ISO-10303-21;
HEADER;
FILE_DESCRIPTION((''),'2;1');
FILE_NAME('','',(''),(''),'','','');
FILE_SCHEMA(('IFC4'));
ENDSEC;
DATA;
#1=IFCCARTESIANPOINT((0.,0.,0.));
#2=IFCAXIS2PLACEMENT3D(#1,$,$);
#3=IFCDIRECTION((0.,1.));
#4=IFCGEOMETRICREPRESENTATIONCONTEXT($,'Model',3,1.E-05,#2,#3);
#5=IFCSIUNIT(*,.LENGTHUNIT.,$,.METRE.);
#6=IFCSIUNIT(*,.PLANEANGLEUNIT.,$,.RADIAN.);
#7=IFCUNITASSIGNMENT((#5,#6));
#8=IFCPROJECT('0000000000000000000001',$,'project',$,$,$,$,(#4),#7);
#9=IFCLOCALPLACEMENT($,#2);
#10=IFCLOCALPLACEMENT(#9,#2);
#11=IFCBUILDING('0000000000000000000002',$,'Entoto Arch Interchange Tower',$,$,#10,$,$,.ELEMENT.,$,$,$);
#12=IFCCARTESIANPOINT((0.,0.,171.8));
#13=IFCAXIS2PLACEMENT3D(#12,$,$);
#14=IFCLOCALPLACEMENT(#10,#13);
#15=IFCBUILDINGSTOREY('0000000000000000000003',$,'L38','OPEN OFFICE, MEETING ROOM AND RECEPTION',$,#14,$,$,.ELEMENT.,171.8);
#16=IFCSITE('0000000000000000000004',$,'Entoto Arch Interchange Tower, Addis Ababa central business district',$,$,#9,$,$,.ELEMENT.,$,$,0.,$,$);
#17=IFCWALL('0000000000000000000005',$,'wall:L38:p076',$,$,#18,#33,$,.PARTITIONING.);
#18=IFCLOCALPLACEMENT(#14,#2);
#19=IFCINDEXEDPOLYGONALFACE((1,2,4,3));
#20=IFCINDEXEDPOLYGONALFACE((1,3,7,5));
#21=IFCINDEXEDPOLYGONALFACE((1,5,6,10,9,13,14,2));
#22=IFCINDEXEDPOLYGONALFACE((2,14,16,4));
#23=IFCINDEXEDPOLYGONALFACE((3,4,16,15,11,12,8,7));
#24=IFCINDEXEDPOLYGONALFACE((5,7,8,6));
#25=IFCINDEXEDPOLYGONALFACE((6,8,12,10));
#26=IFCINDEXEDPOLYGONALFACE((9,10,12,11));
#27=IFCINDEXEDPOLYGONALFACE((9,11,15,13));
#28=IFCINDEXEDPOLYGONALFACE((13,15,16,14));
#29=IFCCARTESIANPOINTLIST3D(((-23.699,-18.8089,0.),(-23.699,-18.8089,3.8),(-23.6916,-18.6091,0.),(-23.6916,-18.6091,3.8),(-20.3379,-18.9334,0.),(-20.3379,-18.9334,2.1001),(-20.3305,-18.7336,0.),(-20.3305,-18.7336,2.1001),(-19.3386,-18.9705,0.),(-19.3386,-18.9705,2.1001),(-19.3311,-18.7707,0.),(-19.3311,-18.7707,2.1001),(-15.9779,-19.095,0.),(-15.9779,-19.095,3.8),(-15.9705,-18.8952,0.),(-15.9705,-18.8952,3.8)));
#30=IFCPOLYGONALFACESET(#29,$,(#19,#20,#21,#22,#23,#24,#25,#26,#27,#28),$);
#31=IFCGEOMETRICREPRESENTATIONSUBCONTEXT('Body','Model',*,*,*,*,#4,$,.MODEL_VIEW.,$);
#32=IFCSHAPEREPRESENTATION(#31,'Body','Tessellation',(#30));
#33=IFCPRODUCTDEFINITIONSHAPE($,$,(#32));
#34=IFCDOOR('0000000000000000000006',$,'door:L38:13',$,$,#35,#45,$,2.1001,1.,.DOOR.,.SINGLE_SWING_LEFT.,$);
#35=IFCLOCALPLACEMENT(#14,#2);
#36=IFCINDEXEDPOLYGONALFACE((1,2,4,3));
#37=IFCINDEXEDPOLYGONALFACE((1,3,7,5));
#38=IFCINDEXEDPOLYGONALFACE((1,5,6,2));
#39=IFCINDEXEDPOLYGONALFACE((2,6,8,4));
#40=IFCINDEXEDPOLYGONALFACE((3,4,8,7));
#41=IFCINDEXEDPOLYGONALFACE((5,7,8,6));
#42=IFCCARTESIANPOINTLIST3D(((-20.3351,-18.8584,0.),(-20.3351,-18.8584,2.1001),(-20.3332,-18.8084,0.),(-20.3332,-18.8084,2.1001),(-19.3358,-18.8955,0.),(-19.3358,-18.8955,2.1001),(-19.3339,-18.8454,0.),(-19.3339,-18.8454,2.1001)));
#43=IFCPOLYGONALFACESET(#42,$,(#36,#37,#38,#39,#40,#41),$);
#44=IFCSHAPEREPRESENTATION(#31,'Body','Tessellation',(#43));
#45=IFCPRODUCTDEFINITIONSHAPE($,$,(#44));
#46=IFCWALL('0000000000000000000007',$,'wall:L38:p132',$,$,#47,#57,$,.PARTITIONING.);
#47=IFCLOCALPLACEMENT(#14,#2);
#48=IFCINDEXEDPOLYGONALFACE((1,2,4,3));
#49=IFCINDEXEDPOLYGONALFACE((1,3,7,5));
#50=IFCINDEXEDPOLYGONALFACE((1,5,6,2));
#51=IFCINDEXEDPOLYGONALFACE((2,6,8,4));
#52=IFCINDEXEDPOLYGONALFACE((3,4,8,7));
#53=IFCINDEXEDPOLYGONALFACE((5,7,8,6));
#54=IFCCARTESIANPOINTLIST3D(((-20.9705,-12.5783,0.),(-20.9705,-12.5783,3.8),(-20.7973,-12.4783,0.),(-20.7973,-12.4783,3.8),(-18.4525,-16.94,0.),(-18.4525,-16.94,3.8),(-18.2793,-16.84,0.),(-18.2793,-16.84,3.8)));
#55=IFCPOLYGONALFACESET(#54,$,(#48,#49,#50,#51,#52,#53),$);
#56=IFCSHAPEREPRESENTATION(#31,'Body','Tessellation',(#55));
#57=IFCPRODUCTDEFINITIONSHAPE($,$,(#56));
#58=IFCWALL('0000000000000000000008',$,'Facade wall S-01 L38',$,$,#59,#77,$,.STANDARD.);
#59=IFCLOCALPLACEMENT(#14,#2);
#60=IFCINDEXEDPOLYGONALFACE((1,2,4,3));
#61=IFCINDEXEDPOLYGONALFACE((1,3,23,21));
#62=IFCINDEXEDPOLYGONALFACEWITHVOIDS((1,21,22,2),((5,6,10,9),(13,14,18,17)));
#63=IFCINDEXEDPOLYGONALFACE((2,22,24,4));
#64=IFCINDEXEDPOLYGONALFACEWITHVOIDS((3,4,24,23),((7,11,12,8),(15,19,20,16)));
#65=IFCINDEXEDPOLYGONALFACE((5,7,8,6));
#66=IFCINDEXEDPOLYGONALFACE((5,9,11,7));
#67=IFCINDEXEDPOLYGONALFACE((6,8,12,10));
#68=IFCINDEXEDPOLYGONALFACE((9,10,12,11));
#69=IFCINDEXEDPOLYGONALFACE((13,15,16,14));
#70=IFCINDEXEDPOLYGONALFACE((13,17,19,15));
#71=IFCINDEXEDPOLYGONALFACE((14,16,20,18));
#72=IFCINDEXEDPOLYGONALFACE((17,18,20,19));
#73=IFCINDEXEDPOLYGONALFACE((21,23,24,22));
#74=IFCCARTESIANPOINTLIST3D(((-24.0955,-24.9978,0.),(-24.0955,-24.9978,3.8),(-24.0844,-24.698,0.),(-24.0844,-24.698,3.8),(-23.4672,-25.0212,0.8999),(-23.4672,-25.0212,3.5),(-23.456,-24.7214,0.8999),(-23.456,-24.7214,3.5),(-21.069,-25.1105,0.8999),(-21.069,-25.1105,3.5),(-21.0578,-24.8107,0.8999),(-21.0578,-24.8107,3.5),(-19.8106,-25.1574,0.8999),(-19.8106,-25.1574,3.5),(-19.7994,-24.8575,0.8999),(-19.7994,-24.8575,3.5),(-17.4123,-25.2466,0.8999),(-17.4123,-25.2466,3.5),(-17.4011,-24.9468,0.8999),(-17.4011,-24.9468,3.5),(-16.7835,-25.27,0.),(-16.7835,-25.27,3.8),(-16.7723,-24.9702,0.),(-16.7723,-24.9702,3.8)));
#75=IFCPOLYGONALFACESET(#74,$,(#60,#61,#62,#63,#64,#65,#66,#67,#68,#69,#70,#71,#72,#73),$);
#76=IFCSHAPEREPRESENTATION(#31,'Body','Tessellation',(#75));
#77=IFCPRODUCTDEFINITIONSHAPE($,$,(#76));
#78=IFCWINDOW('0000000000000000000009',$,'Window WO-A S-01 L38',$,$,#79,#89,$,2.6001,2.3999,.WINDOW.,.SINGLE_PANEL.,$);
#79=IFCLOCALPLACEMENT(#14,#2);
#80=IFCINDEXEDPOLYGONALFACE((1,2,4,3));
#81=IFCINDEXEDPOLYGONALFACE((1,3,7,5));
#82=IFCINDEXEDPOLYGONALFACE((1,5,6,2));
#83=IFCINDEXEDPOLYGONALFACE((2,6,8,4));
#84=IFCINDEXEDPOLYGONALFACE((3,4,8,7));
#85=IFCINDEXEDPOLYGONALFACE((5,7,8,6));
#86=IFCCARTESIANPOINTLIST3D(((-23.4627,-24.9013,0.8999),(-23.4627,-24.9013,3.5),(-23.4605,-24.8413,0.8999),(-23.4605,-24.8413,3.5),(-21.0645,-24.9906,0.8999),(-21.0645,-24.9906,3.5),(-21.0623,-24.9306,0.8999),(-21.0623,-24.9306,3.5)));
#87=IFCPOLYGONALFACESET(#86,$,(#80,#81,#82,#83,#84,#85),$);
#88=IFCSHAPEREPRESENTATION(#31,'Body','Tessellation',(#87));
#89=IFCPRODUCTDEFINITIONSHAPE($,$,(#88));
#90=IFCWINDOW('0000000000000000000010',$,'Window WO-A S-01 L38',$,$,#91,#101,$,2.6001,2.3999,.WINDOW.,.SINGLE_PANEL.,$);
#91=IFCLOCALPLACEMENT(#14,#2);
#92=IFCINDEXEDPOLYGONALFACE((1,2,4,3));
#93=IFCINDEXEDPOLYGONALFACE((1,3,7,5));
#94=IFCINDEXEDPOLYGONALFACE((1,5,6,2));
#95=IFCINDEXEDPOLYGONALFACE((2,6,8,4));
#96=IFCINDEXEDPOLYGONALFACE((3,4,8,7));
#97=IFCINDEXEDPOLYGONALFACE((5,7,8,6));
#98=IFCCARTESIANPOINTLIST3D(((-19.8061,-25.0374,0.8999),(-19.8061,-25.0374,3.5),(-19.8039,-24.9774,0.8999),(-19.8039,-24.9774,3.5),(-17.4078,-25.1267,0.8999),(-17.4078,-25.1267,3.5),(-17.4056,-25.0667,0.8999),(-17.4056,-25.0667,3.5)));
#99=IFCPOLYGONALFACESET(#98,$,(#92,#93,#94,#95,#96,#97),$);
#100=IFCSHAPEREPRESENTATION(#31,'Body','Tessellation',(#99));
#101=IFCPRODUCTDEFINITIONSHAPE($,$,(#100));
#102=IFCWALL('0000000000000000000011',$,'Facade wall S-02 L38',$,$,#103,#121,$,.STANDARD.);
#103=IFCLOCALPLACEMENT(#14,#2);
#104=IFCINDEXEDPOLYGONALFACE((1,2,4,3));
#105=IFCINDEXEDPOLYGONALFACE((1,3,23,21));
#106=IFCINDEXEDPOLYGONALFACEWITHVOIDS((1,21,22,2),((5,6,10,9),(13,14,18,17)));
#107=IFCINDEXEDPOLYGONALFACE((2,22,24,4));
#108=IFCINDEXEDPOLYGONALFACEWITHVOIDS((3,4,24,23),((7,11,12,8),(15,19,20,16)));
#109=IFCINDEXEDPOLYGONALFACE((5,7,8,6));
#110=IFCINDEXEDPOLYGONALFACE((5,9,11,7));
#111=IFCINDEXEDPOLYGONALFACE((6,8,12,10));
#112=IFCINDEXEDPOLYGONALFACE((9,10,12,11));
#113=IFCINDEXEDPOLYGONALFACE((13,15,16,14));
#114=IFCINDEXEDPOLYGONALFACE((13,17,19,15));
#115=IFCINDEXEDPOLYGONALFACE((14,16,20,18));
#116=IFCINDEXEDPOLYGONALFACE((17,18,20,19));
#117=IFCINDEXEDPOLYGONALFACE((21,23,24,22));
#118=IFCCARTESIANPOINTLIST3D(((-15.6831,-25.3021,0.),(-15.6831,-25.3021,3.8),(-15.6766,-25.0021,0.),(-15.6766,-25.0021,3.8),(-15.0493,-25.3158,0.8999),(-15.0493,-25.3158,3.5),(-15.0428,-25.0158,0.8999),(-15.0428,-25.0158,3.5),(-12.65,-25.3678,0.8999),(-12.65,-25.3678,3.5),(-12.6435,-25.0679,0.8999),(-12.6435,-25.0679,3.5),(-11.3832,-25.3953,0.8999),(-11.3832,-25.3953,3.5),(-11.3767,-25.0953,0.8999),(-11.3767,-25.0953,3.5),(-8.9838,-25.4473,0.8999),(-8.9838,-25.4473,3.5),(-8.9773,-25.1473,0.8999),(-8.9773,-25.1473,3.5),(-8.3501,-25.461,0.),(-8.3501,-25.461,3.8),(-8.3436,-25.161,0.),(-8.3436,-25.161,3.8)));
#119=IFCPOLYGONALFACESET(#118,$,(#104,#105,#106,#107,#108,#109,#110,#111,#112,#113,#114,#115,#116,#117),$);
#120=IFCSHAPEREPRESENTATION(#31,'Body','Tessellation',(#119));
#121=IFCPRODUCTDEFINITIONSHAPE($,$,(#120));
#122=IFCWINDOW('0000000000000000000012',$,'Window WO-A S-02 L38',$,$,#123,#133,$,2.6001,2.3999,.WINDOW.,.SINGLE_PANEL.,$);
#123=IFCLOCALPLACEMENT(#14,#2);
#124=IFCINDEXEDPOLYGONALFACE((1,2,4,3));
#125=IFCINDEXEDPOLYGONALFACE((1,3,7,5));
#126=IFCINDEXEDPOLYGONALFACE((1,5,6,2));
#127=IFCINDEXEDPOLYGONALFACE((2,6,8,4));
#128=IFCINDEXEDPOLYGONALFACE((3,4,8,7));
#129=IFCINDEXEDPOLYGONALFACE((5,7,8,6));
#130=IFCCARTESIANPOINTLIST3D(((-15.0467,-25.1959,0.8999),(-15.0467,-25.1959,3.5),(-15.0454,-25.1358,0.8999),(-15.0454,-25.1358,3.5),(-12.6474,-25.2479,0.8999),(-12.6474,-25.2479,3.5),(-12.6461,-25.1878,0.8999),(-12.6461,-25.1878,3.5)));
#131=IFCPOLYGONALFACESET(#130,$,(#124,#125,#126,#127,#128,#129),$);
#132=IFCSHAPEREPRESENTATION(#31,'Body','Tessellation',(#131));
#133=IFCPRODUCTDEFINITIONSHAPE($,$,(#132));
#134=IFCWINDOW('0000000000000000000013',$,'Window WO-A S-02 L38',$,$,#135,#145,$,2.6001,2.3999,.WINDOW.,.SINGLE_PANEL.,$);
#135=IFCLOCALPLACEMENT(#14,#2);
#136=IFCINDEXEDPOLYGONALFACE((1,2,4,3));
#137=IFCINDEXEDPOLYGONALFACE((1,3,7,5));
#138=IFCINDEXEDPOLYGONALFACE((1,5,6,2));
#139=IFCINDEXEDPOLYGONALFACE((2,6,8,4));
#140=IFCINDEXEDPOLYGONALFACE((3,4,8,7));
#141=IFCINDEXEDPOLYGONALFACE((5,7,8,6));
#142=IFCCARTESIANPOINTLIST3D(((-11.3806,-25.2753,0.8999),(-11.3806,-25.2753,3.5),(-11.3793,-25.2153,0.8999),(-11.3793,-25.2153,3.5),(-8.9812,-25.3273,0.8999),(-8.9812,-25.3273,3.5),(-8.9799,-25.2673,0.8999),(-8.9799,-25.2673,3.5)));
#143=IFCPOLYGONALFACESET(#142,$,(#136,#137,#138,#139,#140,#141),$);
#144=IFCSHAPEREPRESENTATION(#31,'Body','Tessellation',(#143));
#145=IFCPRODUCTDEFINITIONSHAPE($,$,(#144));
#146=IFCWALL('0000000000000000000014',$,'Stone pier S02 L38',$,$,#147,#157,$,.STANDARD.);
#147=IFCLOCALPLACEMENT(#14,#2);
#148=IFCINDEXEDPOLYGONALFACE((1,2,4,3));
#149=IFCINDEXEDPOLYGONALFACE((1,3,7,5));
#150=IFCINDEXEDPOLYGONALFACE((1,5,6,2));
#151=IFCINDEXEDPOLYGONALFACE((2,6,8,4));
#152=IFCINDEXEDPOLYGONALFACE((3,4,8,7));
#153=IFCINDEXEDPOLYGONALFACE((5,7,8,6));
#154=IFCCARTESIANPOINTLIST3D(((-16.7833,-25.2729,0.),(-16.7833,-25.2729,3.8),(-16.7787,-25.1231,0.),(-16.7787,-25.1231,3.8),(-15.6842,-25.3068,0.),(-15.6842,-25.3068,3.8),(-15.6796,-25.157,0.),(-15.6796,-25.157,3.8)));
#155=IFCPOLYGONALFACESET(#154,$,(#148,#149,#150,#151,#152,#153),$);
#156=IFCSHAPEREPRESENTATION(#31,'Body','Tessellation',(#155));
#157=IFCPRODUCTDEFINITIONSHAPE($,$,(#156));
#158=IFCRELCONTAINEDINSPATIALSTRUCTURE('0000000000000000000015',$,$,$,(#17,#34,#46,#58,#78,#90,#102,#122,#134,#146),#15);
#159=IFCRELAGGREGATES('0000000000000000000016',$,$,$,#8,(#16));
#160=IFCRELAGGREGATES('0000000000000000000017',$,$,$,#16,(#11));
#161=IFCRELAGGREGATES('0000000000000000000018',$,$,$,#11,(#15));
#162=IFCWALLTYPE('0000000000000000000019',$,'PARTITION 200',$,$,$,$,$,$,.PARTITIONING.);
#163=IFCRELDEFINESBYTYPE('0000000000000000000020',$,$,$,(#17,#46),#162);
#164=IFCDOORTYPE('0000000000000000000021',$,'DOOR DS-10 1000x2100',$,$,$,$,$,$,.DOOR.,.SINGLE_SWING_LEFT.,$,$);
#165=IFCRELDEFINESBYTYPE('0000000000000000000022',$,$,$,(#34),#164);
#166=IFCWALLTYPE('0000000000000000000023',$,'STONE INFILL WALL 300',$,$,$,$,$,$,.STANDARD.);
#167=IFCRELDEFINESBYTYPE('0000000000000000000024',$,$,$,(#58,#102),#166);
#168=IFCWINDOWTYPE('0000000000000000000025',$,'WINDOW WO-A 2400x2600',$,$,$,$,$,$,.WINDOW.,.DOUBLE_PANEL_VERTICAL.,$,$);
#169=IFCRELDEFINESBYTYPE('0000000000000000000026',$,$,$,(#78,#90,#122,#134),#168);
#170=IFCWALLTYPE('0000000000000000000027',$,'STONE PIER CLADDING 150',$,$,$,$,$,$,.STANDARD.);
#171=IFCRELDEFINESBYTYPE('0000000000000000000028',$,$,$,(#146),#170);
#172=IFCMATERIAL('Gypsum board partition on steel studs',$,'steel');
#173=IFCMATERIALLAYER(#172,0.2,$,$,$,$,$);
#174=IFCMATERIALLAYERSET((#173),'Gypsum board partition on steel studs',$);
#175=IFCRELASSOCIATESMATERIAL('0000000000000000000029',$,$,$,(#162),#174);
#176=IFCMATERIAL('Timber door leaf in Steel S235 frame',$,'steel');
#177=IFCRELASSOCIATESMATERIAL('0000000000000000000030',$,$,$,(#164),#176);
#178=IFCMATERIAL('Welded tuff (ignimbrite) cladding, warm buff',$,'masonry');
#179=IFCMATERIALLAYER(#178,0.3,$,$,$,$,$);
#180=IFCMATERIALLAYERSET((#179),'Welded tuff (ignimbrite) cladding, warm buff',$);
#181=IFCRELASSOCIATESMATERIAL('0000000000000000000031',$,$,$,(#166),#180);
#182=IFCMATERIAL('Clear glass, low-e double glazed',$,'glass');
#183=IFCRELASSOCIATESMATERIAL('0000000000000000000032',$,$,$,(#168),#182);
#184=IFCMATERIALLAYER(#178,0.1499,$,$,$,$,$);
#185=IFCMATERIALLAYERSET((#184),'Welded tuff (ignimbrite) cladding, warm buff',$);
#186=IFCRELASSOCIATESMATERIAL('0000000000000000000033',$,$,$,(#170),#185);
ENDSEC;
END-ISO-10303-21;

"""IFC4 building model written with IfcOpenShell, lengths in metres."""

from ifc_helpers import new_model, si_unit, direction, frame, frame_2d, origin, place, context, subcontext, project, spatial, rectangle, extrude, material, layer, layer_set, type_object, element, fill, save


model = new_model("IFC4")

# Units and contexts
model_context = context("Model", 3, precision=1e-05, world=origin(), true_north=direction((0.0, 1.0)))
body_context = subcontext(model_context, "Body", "Model", "MODEL_VIEW")
ifc_project = project(units=[si_unit("LENGTHUNIT", "METRE"), si_unit("PLANEANGLEUNIT", "RADIAN")], contexts=[model_context])

# Site, building, storey
site_placement = place(None, origin())
site = spatial("IfcSite", under=ifc_project, at=site_placement, Name="Entoto Arch Interchange Tower, Addis Ababa central business district", CompositionType="ELEMENT", RefElevation=0.0)
building_placement = place(site_placement, origin())
building = spatial("IfcBuilding", under=site, at=building_placement, Name="Entoto Arch Interchange Tower", CompositionType="ELEMENT")
storey_placement = place(building_placement, frame((0.0, 0.0, 171.8)))
storey = spatial("IfcBuildingStorey", under=building, at=storey_placement, Name="L38", Description="OPEN OFFICE, MEETING ROOM AND RECEPTION", CompositionType="ELEMENT", Elevation=171.8)

# Shared definitions
ifc_material_1 = material(Name="Gypsum board partition on steel studs", Category="steel")
ifc_layer_1 = layer(ifc_material_1, 0.2)
ifc_layer_set_1 = layer_set([ifc_layer_1], Name="Gypsum board partition on steel studs")
wall_type_1 = type_object("IfcWallType", Name="PARTITION 200", PredefinedType="PARTITIONING", material=ifc_layer_set_1)

# Wall, opening, door
ifc_material_2 = material(Name="Timber door leaf in Steel S235 frame", Category="steel")
door_type = type_object("IfcDoorType", Name="DOOR DS-10 1000x2100", OperationType="SINGLE_SWING_LEFT", PredefinedType="DOOR", material=ifc_material_2)
wall_1_placement = place(storey_placement, frame((-15.9741, -18.9951, 0.0), z_axis=(0.0, 0.0, 1.0), x_axis=(-0.999314, 0.037034, 0.0)))
wall_1 = element("IfcWall", 1, at=wall_1_placement, inside=storey, type_object=wall_type_1, Name="wall:L38:p076", PredefinedType="PARTITIONING", context=body_context, shape_type="SweptSolid", body=[
    extrude(rectangle(XDim=7.7263, YDim=0.2, at=frame_2d((3.8633, 0.0))), origin(), (0.0, 0.0, 1.0), 3.8),
])
opening_1_placement = place(wall_1_placement, frame((3.363, 0.0, 0.0)))
opening_1 = element("IfcOpeningElement", 2, at=opening_1_placement, cuts=wall_1, PredefinedType="OPENING", context=body_context, shape_type="SweptSolid", body=[
    extrude(rectangle(XDim=1.0, YDim=2.1001, at=frame_2d((0.5, 1.05))), frame((0.0, 0.1099, 0.0), z_axis=(0.0, -1.0, 0.0), x_axis=(1.0, 0.0, 0.0)), (0.0, 0.0, 1.0), 0.22),
])
door_1_placement = place(opening_1_placement, origin())
door_1 = element("IfcDoor", 3, at=door_1_placement, inside=storey, type_object=door_type, Name="door:L38:13", OperationType="SINGLE_SWING_LEFT", OverallHeight=2.1001, OverallWidth=1.0, PredefinedType="DOOR", context=body_context, shape_type="SweptSolid", body=[
    extrude(rectangle(XDim=1.0, YDim=2.1001, at=frame_2d((0.5, 1.05))), frame((0.0, 0.0249, 0.0), z_axis=(0.0, -1.0, 0.0), x_axis=(1.0, 0.0, 0.0)), (0.0, 0.0, 1.0), 0.05),
])
fill(opening_1, door_1)

# Wall
wall_2_placement = place(storey_placement, frame((-18.366, -16.8899, 0.0), z_axis=(0.0, 0.0, 1.0), x_axis=(-0.499966, 0.866045, 0.0)))
element("IfcWall", 4, at=wall_2_placement, inside=storey, type_object=wall_type_1, Name="wall:L38:p132", PredefinedType="PARTITIONING", context=body_context, shape_type="SweptSolid", body=[
    extrude(rectangle(XDim=5.0364, YDim=0.2, at=frame_2d((2.5181, 0.0))), origin(), (0.0, 0.0, 1.0), 3.8),
])

# Walls, openings, windows
ifc_material_3 = material(Name="Welded tuff (ignimbrite) cladding, warm buff", Category="masonry")
ifc_layer_2 = layer(ifc_material_3, 0.3)
ifc_layer_set_2 = layer_set([ifc_layer_2], Name="Welded tuff (ignimbrite) cladding, warm buff")
wall_type_2 = type_object("IfcWallType", Name="STONE INFILL WALL 300", PredefinedType="STANDARD", material=ifc_layer_set_2)
wall_3_placement = place(storey_placement, frame((-24.0901, -24.8479, 0.0), z_axis=(0.0, 0.0, 1.0), x_axis=(0.999308, -0.037203, 0.0)))
wall_3 = element("IfcWall", 5, at=wall_3_placement, inside=storey, type_object=wall_type_2, Name="Facade wall S-01 L38", PredefinedType="STANDARD", context=body_context, shape_type="SweptSolid", body=[
    extrude(rectangle(XDim=7.3171, YDim=0.3, at=frame_2d((3.6587, 0.0))), origin(), (0.0, 0.0, 1.0), 3.8),
])
opening_2_placement = place(wall_3_placement, frame((0.6289, 0.0, 0.8999)))
opening_2 = element("IfcOpeningElement", 6, at=opening_2_placement, cuts=wall_3, PredefinedType="OPENING", context=body_context, shape_type="SweptSolid", body=[
    extrude(rectangle(XDim=2.3999, YDim=2.6001, at=frame_2d((1.2, 1.3))), frame((0.0, 0.1602, 0.0), z_axis=(0.0, -1.0, 0.0), x_axis=(1.0, 0.0, 0.0)), (0.0, 0.0, 1.0), 0.3201),
])
opening_3_placement = place(wall_3_placement, frame((4.2881, 0.0, 0.8999)))
opening_3 = element("IfcOpeningElement", 7, at=opening_3_placement, cuts=wall_3, PredefinedType="OPENING", context=body_context, shape_type="SweptSolid", body=[
    extrude(rectangle(XDim=2.3999, YDim=2.6001, at=frame_2d((1.2, 1.3))), frame((0.0, 0.1602, 0.0), z_axis=(0.0, -1.0, 0.0), x_axis=(1.0, 0.0, 0.0)), (0.0, 0.0, 1.0), 0.3201),
])
ifc_material_4 = material(Name="Clear glass, low-e double glazed", Category="glass")
window_type = type_object("IfcWindowType", Name="WINDOW WO-A 2400x2600", PartitioningType="DOUBLE_PANEL_VERTICAL", PredefinedType="WINDOW", material=ifc_material_4)
window_1_placement = place(opening_2_placement, origin())
window_1 = element("IfcWindow", 8, at=window_1_placement, inside=storey, type_object=window_type, Name="Window WO-A S-01 L38", OverallHeight=2.6001, OverallWidth=2.3999, PartitioningType="SINGLE_PANEL", PredefinedType="WINDOW", context=body_context, shape_type="SweptSolid", body=[
    extrude(rectangle(XDim=2.3999, YDim=2.6001, at=frame_2d((1.2, 1.3))), frame((0.0, 0.03, 0.0), z_axis=(0.0, -1.0, 0.0), x_axis=(1.0, 0.0, 0.0)), (0.0, 0.0, 1.0), 0.0601),
])
fill(opening_2, window_1)
window_2_placement = place(opening_3_placement, origin())
window_2 = element("IfcWindow", 9, at=window_2_placement, inside=storey, type_object=window_type, Name="Window WO-A S-01 L38", OverallHeight=2.6001, OverallWidth=2.3999, PartitioningType="SINGLE_PANEL", PredefinedType="WINDOW", context=body_context, shape_type="SweptSolid", body=[
    extrude(rectangle(XDim=2.3999, YDim=2.6001, at=frame_2d((1.2, 1.3))), frame((0.0, 0.03, 0.0), z_axis=(0.0, -1.0, 0.0), x_axis=(1.0, 0.0, 0.0)), (0.0, 0.0, 1.0), 0.0601),
])
fill(opening_3, window_2)
wall_4_placement = place(storey_placement, frame((-15.6799, -25.1521, 0.0), z_axis=(0.0, 0.0, 1.0), x_axis=(0.999765, -0.021669, 0.0)))
wall_4 = element("IfcWall", 10, at=wall_4_placement, inside=storey, type_object=wall_type_2, Name="Facade wall S-02 L38", PredefinedType="STANDARD", context=body_context, shape_type="SweptSolid", body=[
    extrude(rectangle(XDim=7.3347, YDim=0.3, at=frame_2d((3.6675, 0.0))), origin(), (0.0, 0.0, 1.0), 3.8),
])
opening_4_placement = place(wall_4_placement, frame((0.634, 0.0, 0.8999)))
opening_4 = element("IfcOpeningElement", 11, at=opening_4_placement, cuts=wall_4, PredefinedType="OPENING", context=body_context, shape_type="SweptSolid", body=[
    extrude(rectangle(XDim=2.3999, YDim=2.6001, at=frame_2d((1.2, 1.3))), frame((0.0, 0.1602, 0.0), z_axis=(0.0, -1.0, 0.0), x_axis=(1.0, 0.0, 0.0)), (0.0, 0.0, 1.0), 0.3201),
])
opening_5_placement = place(wall_4_placement, frame((4.301, 0.0, 0.8999)))
opening_5 = element("IfcOpeningElement", 12, at=opening_5_placement, cuts=wall_4, PredefinedType="OPENING", context=body_context, shape_type="SweptSolid", body=[
    extrude(rectangle(XDim=2.3999, YDim=2.6001, at=frame_2d((1.2, 1.3))), frame((0.0, 0.1602, 0.0), z_axis=(0.0, -1.0, 0.0), x_axis=(1.0, 0.0, 0.0)), (0.0, 0.0, 1.0), 0.3201),
])
window_3_placement = place(opening_4_placement, origin())
window_3 = element("IfcWindow", 13, at=window_3_placement, inside=storey, type_object=window_type, Name="Window WO-A S-02 L38", OverallHeight=2.6001, OverallWidth=2.3999, PartitioningType="SINGLE_PANEL", PredefinedType="WINDOW", context=body_context, shape_type="SweptSolid", body=[
    extrude(rectangle(XDim=2.3999, YDim=2.6001, at=frame_2d((1.2, 1.3))), frame((0.0, 0.03, 0.0), z_axis=(0.0, -1.0, 0.0), x_axis=(1.0, 0.0, 0.0)), (0.0, 0.0, 1.0), 0.0601),
])
fill(opening_4, window_3)
window_4_placement = place(opening_5_placement, origin())
window_4 = element("IfcWindow", 14, at=window_4_placement, inside=storey, type_object=window_type, Name="Window WO-A S-02 L38", OverallHeight=2.6001, OverallWidth=2.3999, PartitioningType="SINGLE_PANEL", PredefinedType="WINDOW", context=body_context, shape_type="SweptSolid", body=[
    extrude(rectangle(XDim=2.3999, YDim=2.6001, at=frame_2d((1.2, 1.3))), frame((0.0, 0.03, 0.0), z_axis=(0.0, -1.0, 0.0), x_axis=(1.0, 0.0, 0.0)), (0.0, 0.0, 1.0), 0.0601),
])
fill(opening_5, window_4)

# Wall
ifc_layer_3 = layer(ifc_material_3, 0.1499)
ifc_layer_set_3 = layer_set([ifc_layer_3], Name="Welded tuff (ignimbrite) cladding, warm buff")
wall_type_3 = type_object("IfcWallType", Name="STONE PIER CLADDING 150", PredefinedType="STANDARD", material=ifc_layer_set_3)
wall_5_placement = place(storey_placement, frame((-16.781, -25.198, 0.0), z_axis=(0.0, 0.0, 1.0), x_axis=(0.999524, -0.03086, 0.0)))
element("IfcWall", 15, at=wall_5_placement, inside=storey, type_object=wall_type_3, Name="Stone pier S02 L38", PredefinedType="STANDARD", context=body_context, shape_type="SweptSolid", body=[
    extrude(rectangle(XDim=1.0996, YDim=0.1499, at=frame_2d((0.5498, 0.0))), origin(), (0.0, 0.0, 1.0), 3.8),
])

save(model, "model.ifc")
